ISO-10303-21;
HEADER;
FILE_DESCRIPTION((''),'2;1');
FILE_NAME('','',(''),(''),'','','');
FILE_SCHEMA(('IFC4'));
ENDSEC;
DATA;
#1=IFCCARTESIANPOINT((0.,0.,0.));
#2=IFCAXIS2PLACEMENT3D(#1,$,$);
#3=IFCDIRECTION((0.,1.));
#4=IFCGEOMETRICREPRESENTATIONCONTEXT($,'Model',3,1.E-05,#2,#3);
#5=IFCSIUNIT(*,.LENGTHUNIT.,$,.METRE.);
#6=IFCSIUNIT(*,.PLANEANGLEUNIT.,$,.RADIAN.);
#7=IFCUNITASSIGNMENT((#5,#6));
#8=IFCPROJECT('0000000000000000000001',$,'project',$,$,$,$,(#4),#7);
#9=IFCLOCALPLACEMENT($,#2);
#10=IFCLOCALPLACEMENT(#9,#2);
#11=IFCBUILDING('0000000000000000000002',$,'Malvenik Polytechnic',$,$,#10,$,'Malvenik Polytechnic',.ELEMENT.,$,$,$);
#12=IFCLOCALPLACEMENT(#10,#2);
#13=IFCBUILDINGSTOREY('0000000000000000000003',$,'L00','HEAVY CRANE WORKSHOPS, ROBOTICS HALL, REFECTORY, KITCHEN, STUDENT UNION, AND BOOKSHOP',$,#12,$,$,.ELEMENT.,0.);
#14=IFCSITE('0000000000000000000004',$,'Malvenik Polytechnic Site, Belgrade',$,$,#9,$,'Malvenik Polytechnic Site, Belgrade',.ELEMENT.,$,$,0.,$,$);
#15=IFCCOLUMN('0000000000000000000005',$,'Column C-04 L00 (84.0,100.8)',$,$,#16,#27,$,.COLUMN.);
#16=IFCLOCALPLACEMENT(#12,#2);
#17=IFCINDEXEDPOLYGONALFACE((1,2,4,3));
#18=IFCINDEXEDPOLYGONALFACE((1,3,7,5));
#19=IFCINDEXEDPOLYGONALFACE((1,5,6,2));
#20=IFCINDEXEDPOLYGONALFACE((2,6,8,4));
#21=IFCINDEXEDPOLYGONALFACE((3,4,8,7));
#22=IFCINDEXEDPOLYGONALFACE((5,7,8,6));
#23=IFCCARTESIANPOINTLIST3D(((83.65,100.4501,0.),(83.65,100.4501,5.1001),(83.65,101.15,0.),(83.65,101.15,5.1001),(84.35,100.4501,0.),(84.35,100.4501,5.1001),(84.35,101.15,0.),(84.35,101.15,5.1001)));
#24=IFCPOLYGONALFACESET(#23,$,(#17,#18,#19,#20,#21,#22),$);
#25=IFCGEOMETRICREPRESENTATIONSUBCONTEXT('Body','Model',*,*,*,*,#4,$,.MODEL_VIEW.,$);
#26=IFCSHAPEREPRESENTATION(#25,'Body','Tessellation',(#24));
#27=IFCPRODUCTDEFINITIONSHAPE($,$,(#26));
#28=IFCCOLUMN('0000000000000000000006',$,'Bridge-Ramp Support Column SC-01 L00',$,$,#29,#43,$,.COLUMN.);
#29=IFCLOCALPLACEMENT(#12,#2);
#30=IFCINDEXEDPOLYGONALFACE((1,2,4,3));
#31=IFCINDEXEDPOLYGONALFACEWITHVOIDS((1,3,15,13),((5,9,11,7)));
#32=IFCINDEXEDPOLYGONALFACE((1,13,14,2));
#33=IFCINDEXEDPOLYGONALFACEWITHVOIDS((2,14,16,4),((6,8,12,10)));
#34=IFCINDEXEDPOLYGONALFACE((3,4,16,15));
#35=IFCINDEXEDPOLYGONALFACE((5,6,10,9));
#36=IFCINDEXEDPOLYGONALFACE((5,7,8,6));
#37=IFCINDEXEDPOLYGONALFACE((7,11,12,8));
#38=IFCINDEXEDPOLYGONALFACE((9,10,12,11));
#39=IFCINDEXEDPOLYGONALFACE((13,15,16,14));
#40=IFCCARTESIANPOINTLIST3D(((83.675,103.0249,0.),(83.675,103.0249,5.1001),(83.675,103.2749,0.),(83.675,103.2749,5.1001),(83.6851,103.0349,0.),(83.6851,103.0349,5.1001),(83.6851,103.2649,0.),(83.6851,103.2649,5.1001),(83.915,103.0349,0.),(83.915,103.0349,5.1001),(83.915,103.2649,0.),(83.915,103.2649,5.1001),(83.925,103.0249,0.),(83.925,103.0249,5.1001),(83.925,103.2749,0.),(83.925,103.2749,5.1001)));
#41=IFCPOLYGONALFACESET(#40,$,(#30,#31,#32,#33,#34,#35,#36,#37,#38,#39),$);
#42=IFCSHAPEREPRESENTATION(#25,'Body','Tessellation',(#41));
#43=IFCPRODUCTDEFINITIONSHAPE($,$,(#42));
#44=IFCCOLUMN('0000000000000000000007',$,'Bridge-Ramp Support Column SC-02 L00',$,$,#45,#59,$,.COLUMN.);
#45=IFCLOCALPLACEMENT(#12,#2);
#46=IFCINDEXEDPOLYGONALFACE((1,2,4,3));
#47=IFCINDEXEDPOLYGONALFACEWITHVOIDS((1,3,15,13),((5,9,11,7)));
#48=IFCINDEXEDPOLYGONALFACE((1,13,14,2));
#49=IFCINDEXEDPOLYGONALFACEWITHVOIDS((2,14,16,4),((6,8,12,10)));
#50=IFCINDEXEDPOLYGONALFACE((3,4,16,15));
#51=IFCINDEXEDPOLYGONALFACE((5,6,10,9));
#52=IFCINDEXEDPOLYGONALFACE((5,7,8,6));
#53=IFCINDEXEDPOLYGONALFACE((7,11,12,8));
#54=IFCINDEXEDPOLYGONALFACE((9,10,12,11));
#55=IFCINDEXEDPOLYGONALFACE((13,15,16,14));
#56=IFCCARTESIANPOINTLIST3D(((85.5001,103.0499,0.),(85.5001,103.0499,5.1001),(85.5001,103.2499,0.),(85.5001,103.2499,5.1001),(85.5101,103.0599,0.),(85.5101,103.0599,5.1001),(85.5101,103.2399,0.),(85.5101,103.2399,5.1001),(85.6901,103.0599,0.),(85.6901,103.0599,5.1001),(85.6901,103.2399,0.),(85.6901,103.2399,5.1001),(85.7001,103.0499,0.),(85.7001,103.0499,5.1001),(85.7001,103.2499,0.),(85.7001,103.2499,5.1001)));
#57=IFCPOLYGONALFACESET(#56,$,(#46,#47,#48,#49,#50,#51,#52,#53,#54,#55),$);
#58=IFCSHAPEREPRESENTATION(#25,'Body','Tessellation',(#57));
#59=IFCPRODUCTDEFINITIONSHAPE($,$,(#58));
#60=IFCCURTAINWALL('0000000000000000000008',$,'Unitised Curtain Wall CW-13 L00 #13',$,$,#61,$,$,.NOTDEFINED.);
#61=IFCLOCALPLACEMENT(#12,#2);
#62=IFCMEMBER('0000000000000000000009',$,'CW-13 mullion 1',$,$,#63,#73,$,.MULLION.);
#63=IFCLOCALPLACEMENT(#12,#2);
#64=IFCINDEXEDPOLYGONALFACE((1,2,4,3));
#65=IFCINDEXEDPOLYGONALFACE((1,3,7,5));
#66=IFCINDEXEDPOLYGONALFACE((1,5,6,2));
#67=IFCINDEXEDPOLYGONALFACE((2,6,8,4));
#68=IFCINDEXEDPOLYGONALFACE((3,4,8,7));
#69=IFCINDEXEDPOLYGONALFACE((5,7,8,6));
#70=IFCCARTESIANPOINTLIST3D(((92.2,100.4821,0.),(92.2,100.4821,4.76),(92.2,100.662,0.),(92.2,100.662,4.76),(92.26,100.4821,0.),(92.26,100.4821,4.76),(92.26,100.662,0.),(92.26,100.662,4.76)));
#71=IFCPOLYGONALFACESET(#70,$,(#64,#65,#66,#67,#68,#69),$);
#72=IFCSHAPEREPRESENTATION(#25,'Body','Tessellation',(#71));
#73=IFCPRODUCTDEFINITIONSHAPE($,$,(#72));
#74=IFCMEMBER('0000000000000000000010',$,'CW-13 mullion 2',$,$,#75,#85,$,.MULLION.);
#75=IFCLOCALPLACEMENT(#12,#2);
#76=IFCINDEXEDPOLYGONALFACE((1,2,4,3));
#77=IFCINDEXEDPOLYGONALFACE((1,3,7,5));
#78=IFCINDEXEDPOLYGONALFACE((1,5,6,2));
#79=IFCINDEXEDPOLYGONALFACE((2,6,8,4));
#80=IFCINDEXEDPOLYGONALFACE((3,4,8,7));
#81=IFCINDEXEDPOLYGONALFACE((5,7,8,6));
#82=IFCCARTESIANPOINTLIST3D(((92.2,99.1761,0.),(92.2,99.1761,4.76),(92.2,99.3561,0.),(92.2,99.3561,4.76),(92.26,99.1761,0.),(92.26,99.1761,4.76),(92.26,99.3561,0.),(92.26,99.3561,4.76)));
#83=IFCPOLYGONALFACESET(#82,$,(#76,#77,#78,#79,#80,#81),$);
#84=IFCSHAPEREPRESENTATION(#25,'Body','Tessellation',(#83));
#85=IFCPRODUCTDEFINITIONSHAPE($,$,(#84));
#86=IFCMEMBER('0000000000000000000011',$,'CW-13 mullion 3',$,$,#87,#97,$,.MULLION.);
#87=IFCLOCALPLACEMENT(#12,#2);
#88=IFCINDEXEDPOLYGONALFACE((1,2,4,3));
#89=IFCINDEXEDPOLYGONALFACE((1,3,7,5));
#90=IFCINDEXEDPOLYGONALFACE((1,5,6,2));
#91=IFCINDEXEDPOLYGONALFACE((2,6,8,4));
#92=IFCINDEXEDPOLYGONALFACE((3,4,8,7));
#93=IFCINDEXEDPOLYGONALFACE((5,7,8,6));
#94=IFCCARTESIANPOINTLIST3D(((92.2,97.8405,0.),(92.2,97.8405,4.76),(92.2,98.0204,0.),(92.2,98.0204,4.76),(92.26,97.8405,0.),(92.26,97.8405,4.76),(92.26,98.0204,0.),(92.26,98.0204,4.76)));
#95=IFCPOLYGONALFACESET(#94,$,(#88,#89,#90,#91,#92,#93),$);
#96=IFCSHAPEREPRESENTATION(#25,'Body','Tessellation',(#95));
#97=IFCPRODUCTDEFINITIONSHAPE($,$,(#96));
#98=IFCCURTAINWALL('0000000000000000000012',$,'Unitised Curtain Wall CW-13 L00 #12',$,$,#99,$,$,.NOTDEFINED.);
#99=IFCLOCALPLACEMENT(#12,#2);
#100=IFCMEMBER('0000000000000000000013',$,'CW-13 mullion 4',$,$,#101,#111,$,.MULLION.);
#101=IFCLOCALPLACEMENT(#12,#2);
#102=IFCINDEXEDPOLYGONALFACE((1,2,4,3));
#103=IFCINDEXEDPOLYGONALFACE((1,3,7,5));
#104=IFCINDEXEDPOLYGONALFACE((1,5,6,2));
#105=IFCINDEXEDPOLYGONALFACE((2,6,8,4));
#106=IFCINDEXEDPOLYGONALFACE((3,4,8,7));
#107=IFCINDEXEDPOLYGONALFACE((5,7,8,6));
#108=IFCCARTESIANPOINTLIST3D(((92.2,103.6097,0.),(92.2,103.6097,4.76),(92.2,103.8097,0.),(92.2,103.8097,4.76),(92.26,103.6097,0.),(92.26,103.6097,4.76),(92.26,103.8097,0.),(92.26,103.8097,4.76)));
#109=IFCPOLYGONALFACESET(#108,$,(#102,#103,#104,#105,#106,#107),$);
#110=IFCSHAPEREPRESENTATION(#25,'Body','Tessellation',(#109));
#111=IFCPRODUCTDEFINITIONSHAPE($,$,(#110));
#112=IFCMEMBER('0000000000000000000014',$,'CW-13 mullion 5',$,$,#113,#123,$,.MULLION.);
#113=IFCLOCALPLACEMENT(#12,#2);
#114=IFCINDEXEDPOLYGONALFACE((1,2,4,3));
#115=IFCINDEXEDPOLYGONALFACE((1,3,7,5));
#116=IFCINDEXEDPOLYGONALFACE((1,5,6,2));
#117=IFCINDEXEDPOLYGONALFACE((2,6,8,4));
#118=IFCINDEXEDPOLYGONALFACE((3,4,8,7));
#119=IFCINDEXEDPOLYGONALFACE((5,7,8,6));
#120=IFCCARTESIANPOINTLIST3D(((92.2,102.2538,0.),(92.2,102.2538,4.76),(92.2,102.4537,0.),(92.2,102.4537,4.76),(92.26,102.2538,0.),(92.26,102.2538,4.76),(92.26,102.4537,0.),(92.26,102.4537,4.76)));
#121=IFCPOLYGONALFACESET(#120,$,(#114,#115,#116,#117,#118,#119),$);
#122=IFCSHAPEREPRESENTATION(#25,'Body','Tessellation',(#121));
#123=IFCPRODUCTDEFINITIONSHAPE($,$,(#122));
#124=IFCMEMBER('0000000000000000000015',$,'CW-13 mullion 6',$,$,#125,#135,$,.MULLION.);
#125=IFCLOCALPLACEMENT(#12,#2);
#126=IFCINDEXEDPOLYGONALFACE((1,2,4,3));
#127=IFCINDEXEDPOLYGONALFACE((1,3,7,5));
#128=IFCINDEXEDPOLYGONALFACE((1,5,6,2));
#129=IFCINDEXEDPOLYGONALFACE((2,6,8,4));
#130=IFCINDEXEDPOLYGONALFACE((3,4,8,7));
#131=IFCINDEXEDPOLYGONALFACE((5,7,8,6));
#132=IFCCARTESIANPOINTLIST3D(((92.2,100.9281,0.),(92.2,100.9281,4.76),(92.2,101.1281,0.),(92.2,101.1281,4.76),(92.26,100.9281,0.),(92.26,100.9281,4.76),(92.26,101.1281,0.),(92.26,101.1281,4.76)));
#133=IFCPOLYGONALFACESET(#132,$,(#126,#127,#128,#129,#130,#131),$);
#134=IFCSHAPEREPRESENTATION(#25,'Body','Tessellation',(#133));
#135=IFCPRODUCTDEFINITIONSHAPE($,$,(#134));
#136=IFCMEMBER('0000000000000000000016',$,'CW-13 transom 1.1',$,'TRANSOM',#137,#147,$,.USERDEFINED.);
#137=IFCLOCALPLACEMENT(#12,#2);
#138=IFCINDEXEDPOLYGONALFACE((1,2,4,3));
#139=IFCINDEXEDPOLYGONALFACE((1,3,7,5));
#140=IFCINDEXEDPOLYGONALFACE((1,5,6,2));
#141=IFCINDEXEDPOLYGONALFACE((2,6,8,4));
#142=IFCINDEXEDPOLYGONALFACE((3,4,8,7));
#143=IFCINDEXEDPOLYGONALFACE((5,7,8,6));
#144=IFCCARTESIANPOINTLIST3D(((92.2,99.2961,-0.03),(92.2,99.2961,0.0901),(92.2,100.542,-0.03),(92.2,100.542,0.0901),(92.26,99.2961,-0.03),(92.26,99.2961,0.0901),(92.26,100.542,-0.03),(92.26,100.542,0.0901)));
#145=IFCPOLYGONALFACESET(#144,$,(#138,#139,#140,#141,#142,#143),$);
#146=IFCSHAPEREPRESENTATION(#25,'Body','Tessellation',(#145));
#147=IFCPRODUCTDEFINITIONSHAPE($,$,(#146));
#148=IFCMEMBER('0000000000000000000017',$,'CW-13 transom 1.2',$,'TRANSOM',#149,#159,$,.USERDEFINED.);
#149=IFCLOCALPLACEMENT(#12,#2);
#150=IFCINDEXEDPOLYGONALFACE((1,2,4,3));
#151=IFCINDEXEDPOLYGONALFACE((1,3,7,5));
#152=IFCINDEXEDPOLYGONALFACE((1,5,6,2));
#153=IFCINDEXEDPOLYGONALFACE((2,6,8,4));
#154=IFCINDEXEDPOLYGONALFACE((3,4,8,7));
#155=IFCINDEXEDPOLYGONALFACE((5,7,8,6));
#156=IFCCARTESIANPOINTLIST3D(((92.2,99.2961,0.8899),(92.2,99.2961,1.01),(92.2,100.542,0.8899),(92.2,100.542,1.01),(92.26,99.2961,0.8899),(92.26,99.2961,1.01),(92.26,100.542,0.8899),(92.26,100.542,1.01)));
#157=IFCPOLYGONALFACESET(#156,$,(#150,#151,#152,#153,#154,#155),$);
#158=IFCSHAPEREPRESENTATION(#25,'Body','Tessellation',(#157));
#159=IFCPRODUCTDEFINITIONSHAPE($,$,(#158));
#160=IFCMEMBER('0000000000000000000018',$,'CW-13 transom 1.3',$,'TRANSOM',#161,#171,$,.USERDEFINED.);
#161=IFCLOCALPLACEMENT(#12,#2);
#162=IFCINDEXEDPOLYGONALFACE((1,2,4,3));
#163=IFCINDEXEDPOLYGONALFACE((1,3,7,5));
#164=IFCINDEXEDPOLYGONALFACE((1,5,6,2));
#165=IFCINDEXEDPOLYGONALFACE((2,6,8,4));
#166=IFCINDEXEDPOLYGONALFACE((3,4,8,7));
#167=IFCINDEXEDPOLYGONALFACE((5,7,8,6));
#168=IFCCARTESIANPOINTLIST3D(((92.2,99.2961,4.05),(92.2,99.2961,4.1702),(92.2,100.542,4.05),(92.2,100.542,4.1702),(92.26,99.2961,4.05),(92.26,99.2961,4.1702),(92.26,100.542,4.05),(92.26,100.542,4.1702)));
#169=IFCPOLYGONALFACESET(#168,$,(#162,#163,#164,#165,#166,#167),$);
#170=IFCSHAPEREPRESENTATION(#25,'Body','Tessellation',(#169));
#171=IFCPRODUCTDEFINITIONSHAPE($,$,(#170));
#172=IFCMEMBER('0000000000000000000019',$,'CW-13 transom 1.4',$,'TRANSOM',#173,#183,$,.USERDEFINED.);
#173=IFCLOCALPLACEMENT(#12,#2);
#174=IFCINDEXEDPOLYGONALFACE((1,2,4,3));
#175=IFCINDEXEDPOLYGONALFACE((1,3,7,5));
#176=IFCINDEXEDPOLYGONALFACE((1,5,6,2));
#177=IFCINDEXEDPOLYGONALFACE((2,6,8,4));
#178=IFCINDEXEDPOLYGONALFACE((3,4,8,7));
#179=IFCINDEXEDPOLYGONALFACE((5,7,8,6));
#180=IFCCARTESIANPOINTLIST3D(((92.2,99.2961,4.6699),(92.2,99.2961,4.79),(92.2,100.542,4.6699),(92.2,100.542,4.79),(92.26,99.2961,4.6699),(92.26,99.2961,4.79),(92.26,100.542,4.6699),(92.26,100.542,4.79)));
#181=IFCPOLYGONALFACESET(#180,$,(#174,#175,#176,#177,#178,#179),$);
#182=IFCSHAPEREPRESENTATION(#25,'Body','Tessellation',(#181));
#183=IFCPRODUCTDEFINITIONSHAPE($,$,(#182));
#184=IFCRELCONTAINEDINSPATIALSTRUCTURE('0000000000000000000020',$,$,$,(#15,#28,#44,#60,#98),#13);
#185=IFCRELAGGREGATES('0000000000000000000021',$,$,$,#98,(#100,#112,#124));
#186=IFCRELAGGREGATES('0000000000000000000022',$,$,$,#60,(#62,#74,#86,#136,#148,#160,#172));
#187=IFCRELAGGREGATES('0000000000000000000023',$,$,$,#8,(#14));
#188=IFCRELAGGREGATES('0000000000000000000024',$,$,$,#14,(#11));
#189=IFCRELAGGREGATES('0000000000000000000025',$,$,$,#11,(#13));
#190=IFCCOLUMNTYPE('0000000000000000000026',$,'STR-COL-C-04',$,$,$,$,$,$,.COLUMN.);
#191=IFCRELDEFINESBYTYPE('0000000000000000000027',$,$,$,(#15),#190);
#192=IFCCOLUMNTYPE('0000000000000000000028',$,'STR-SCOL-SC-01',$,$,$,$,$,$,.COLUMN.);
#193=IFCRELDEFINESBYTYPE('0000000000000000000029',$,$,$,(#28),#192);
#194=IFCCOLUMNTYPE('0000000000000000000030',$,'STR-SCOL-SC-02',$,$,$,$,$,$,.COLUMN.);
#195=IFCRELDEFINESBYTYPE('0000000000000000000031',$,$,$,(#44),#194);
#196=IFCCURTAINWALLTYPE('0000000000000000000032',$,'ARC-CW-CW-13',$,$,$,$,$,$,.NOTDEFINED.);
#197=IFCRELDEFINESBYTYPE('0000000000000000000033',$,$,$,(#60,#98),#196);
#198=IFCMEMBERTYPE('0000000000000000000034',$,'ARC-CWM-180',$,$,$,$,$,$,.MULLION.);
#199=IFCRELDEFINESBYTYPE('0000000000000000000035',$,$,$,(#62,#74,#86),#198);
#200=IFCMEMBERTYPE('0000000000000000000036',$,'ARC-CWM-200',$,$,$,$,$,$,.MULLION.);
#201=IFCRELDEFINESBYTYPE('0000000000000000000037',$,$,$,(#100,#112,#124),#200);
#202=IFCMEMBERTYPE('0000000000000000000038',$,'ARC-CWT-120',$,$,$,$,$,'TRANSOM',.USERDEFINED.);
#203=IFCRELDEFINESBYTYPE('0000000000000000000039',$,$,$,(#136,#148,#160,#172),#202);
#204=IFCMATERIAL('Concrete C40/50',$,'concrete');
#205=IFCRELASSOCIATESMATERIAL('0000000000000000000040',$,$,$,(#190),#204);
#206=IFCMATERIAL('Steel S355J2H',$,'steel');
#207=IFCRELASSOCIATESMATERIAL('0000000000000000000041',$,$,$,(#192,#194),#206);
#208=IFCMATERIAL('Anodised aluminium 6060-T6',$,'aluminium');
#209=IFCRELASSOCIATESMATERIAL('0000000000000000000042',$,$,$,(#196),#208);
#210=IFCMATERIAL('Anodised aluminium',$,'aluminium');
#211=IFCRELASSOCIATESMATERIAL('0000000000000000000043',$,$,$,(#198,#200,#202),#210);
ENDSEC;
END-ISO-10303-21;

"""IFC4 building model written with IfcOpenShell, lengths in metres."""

from ifc_helpers import new_model, si_unit, direction, frame, origin, origin_2d, place, context, subcontext, project, spatial, rectangle, hollow_rectangle, extrude, material, material_profile, profile_set, type_object, element, aggregate, save


model = new_model("IFC4")

# Units and contexts
model_context = context("Model", 3, precision=1e-05, world=origin(), true_north=direction((0.0, 1.0)))
body_context = subcontext(model_context, "Body", "Model", "MODEL_VIEW")
ifc_project = project(units=[si_unit("LENGTHUNIT", "METRE"), si_unit("PLANEANGLEUNIT", "RADIAN")], contexts=[model_context])

# Site, building, storey
site_placement = place(None, origin())
site = spatial("IfcSite", under=ifc_project, at=site_placement, Name="Malvenik Polytechnic Site, Belgrade", LongName="Malvenik Polytechnic Site, Belgrade", CompositionType="ELEMENT", RefElevation=0.0)
building_placement = place(site_placement, origin())
building = spatial("IfcBuilding", under=site, at=building_placement, Name="Malvenik Polytechnic", LongName="Malvenik Polytechnic", CompositionType="ELEMENT")
storey_placement = place(building_placement, origin())
storey = spatial("IfcBuildingStorey", under=building, at=storey_placement, Name="L00", Description="HEAVY CRANE WORKSHOPS, ROBOTICS HALL, REFECTORY, KITCHEN, STUDENT UNION, AND BOOKSHOP", CompositionType="ELEMENT", Elevation=0.0)

# Columns
ifc_material_1 = material(Name="Concrete C40/50", Category="concrete")
ifc_material_profile_1 = material_profile(ifc_material_1, rectangle(XDim=0.7, YDim=0.7, at=origin_2d()), Name="RC COL 700x700")
ifc_profile_set_1 = profile_set([ifc_material_profile_1], Name="Concrete C40/50")
column_type_1 = type_object("IfcColumnType", Name="STR-COL-C-04", PredefinedType="COLUMN", material=ifc_profile_set_1)
column_1_placement = place(storey_placement, frame((84.0, 100.8, 0.0), z_axis=(0.0, 0.0, 1.0), x_axis=(1.0, 0.0, 0.0)))
element("IfcColumn", 1, at=column_1_placement, inside=storey, type_object=column_type_1, Name="Column C-04 L00 (84.0,100.8)", PredefinedType="COLUMN", context=body_context, shape_type="SweptSolid", body=[
    extrude(rectangle(XDim=0.7, YDim=0.7, at=origin_2d()), origin(), (0.0, 0.0, 1.0), 5.1001),
])
ifc_material_2 = material(Name="Steel S355J2H", Category="steel")
ifc_material_profile_2 = material_profile(ifc_material_2, hollow_rectangle(XDim=0.25, YDim=0.25, WallThickness=0.01, at=origin_2d()), Name="SHS 250x250x10.0")
ifc_profile_set_2 = profile_set([ifc_material_profile_2], Name="Steel S355J2H")
column_type_2 = type_object("IfcColumnType", Name="STR-SCOL-SC-01", PredefinedType="COLUMN", material=ifc_profile_set_2)
column_2_placement = place(storey_placement, frame((83.8, 103.1499, 0.0), z_axis=(0.0, 0.0, 1.0), x_axis=(1.0, 0.0, 0.0)))
element("IfcColumn", 2, at=column_2_placement, inside=storey, type_object=column_type_2, Name="Bridge-Ramp Support Column SC-01 L00", PredefinedType="COLUMN", context=body_context, shape_type="SweptSolid", body=[
    extrude(hollow_rectangle(XDim=0.25, YDim=0.25, WallThickness=0.01, at=origin_2d()), origin(), (0.0, 0.0, 1.0), 5.1001),
])
ifc_material_profile_3 = material_profile(ifc_material_2, hollow_rectangle(XDim=0.2, YDim=0.2, WallThickness=0.01, at=origin_2d()), Name="SHS 200x200x10.0")
ifc_profile_set_3 = profile_set([ifc_material_profile_3], Name="Steel S355J2H")
column_type_3 = type_object("IfcColumnType", Name="STR-SCOL-SC-02", PredefinedType="COLUMN", material=ifc_profile_set_3)
column_3_placement = place(storey_placement, frame((85.6001, 103.1499, 0.0), z_axis=(0.0, 0.0, 1.0), x_axis=(1.0, 0.0, 0.0)))
element("IfcColumn", 3, at=column_3_placement, inside=storey, type_object=column_type_3, Name="Bridge-Ramp Support Column SC-02 L00", PredefinedType="COLUMN", context=body_context, shape_type="SweptSolid", body=[
    extrude(hollow_rectangle(XDim=0.2, YDim=0.2, WallThickness=0.01, at=origin_2d()), origin(), (0.0, 0.0, 1.0), 5.1001),
])

# Curtain walls, members
ifc_material_3 = material(Name="Anodised aluminium 6060-T6", Category="aluminium")
curtain_wall_type = type_object("IfcCurtainWallType", Name="ARC-CW-CW-13", PredefinedType="NOTDEFINED", material=ifc_material_3)
curtain_wall_1_placement = place(storey_placement, origin())
curtain_wall_1 = element("IfcCurtainWall", 4, at=curtain_wall_1_placement, inside=storey, type_object=curtain_wall_type, Name="Unitised Curtain Wall CW-13 L00 #13", PredefinedType="NOTDEFINED")
ifc_material_4 = material(Name="Anodised aluminium", Category="aluminium")
ifc_material_profile_4 = material_profile(ifc_material_4, rectangle(XDim=0.0601, YDim=0.1799, at=origin_2d()), Name="ALU MULLION 60x180")
ifc_profile_set_4 = profile_set([ifc_material_profile_4], Name="Anodised aluminium")
member_type_1 = type_object("IfcMemberType", Name="ARC-CWM-180", PredefinedType="MULLION", material=ifc_profile_set_4)
member_1_placement = place(storey_placement, frame((92.23, 100.572, 0.0), z_axis=(0.0, 0.0, 1.0), x_axis=(1.0, 0.0, 0.0)))
member_1 = element("IfcMember", 5, at=member_1_placement, type_object=member_type_1, Name="CW-13 mullion 1", PredefinedType="MULLION", context=body_context, shape_type="SweptSolid", body=[
    extrude(rectangle(XDim=0.0601, YDim=0.1799, at=origin_2d()), origin(), (0.0, 0.0, 1.0), 4.76),
])
member_2_placement = place(storey_placement, frame((92.23, 99.2661, 0.0), z_axis=(0.0, 0.0, 1.0), x_axis=(1.0, 0.0, 0.0)))
member_2 = element("IfcMember", 6, at=member_2_placement, type_object=member_type_1, Name="CW-13 mullion 2", PredefinedType="MULLION", context=body_context, shape_type="SweptSolid", body=[
    extrude(rectangle(XDim=0.0601, YDim=0.1799, at=origin_2d()), origin(), (0.0, 0.0, 1.0), 4.76),
])
member_3_placement = place(storey_placement, frame((92.23, 97.9304, 0.0), z_axis=(0.0, 0.0, 1.0), x_axis=(1.0, 0.0, 0.0)))
member_3 = element("IfcMember", 7, at=member_3_placement, type_object=member_type_1, Name="CW-13 mullion 3", PredefinedType="MULLION", context=body_context, shape_type="SweptSolid", body=[
    extrude(rectangle(XDim=0.0601, YDim=0.1799, at=origin_2d()), origin(), (0.0, 0.0, 1.0), 4.76),
])
curtain_wall_2_placement = place(storey_placement, origin())
curtain_wall_2 = element("IfcCurtainWall", 8, at=curtain_wall_2_placement, inside=storey, type_object=curtain_wall_type, Name="Unitised Curtain Wall CW-13 L00 #12", PredefinedType="NOTDEFINED")
ifc_material_profile_5 = material_profile(ifc_material_4, rectangle(XDim=0.0601, YDim=0.2, at=origin_2d()), Name="ALU MULLION 60x200")
ifc_profile_set_5 = profile_set([ifc_material_profile_5], Name="Anodised aluminium")
member_type_2 = type_object("IfcMemberType", Name="ARC-CWM-200", PredefinedType="MULLION", material=ifc_profile_set_5)
member_4_placement = place(storey_placement, frame((92.23, 103.7097, 0.0), z_axis=(0.0, 0.0, 1.0), x_axis=(1.0, 0.0, 0.0)))
member_4 = element("IfcMember", 9, at=member_4_placement, type_object=member_type_2, Name="CW-13 mullion 4", PredefinedType="MULLION", context=body_context, shape_type="SweptSolid", body=[
    extrude(rectangle(XDim=0.0601, YDim=0.2, at=origin_2d()), origin(), (0.0, 0.0, 1.0), 4.76),
])
member_5_placement = place(storey_placement, frame((92.23, 102.3538, 0.0), z_axis=(0.0, 0.0, 1.0), x_axis=(1.0, 0.0, 0.0)))
member_5 = element("IfcMember", 10, at=member_5_placement, type_object=member_type_2, Name="CW-13 mullion 5", PredefinedType="MULLION", context=body_context, shape_type="SweptSolid", body=[
    extrude(rectangle(XDim=0.0601, YDim=0.2, at=origin_2d()), origin(), (0.0, 0.0, 1.0), 4.76),
])
member_6_placement = place(storey_placement, frame((92.23, 101.0281, 0.0), z_axis=(0.0, 0.0, 1.0), x_axis=(1.0, 0.0, 0.0)))
member_6 = element("IfcMember", 11, at=member_6_placement, type_object=member_type_2, Name="CW-13 mullion 6", PredefinedType="MULLION", context=body_context, shape_type="SweptSolid", body=[
    extrude(rectangle(XDim=0.0601, YDim=0.2, at=origin_2d()), origin(), (0.0, 0.0, 1.0), 4.76),
])

# Members
ifc_material_profile_6 = material_profile(ifc_material_4, rectangle(XDim=0.0601, YDim=0.1201, at=origin_2d()), Name="ALU TRANSOM 60x120")
ifc_profile_set_6 = profile_set([ifc_material_profile_6], Name="Anodised aluminium")
member_type_3 = type_object("IfcMemberType", Name="ARC-CWT-120", ElementType="TRANSOM", PredefinedType="USERDEFINED", material=ifc_profile_set_6)
member_7_placement = place(storey_placement, frame((92.23, 100.542, 0.03), z_axis=(0.0, -1.0, 0.0), x_axis=(1.0, 0.0, 0.0)))
member_7 = element("IfcMember", 12, at=member_7_placement, type_object=member_type_3, Name="CW-13 transom 1.1", ObjectType="TRANSOM", PredefinedType="USERDEFINED", context=body_context, shape_type="SweptSolid", body=[
    extrude(rectangle(XDim=0.0601, YDim=0.1201, at=origin_2d()), origin(), (0.0, 0.0, 1.0), 1.2458),
])
member_8_placement = place(storey_placement, frame((92.23, 100.542, 0.95), z_axis=(0.0, -1.0, 0.0), x_axis=(1.0, 0.0, 0.0)))
member_8 = element("IfcMember", 13, at=member_8_placement, type_object=member_type_3, Name="CW-13 transom 1.2", ObjectType="TRANSOM", PredefinedType="USERDEFINED", context=body_context, shape_type="SweptSolid", body=[
    extrude(rectangle(XDim=0.0601, YDim=0.1201, at=origin_2d()), origin(), (0.0, 0.0, 1.0), 1.2458),
])
member_9_placement = place(storey_placement, frame((92.23, 100.542, 4.1101), z_axis=(0.0, -1.0, 0.0), x_axis=(1.0, 0.0, 0.0)))
member_9 = element("IfcMember", 14, at=member_9_placement, type_object=member_type_3, Name="CW-13 transom 1.3", ObjectType="TRANSOM", PredefinedType="USERDEFINED", context=body_context, shape_type="SweptSolid", body=[
    extrude(rectangle(XDim=0.0601, YDim=0.1201, at=origin_2d()), origin(), (0.0, 0.0, 1.0), 1.2458),
])
member_10_placement = place(storey_placement, frame((92.23, 100.542, 4.73), z_axis=(0.0, -1.0, 0.0), x_axis=(1.0, 0.0, 0.0)))
member_10 = element("IfcMember", 15, at=member_10_placement, type_object=member_type_3, Name="CW-13 transom 1.4", ObjectType="TRANSOM", PredefinedType="USERDEFINED", context=body_context, shape_type="SweptSolid", body=[
    extrude(rectangle(XDim=0.0601, YDim=0.1201, at=origin_2d()), origin(), (0.0, 0.0, 1.0), 1.2458),
])

aggregate(curtain_wall_2, [member_4, member_5, member_6])
aggregate(curtain_wall_1, [member_1, member_2, member_3, member_7, member_8, member_9, member_10])

save(model, "model.ifc")
